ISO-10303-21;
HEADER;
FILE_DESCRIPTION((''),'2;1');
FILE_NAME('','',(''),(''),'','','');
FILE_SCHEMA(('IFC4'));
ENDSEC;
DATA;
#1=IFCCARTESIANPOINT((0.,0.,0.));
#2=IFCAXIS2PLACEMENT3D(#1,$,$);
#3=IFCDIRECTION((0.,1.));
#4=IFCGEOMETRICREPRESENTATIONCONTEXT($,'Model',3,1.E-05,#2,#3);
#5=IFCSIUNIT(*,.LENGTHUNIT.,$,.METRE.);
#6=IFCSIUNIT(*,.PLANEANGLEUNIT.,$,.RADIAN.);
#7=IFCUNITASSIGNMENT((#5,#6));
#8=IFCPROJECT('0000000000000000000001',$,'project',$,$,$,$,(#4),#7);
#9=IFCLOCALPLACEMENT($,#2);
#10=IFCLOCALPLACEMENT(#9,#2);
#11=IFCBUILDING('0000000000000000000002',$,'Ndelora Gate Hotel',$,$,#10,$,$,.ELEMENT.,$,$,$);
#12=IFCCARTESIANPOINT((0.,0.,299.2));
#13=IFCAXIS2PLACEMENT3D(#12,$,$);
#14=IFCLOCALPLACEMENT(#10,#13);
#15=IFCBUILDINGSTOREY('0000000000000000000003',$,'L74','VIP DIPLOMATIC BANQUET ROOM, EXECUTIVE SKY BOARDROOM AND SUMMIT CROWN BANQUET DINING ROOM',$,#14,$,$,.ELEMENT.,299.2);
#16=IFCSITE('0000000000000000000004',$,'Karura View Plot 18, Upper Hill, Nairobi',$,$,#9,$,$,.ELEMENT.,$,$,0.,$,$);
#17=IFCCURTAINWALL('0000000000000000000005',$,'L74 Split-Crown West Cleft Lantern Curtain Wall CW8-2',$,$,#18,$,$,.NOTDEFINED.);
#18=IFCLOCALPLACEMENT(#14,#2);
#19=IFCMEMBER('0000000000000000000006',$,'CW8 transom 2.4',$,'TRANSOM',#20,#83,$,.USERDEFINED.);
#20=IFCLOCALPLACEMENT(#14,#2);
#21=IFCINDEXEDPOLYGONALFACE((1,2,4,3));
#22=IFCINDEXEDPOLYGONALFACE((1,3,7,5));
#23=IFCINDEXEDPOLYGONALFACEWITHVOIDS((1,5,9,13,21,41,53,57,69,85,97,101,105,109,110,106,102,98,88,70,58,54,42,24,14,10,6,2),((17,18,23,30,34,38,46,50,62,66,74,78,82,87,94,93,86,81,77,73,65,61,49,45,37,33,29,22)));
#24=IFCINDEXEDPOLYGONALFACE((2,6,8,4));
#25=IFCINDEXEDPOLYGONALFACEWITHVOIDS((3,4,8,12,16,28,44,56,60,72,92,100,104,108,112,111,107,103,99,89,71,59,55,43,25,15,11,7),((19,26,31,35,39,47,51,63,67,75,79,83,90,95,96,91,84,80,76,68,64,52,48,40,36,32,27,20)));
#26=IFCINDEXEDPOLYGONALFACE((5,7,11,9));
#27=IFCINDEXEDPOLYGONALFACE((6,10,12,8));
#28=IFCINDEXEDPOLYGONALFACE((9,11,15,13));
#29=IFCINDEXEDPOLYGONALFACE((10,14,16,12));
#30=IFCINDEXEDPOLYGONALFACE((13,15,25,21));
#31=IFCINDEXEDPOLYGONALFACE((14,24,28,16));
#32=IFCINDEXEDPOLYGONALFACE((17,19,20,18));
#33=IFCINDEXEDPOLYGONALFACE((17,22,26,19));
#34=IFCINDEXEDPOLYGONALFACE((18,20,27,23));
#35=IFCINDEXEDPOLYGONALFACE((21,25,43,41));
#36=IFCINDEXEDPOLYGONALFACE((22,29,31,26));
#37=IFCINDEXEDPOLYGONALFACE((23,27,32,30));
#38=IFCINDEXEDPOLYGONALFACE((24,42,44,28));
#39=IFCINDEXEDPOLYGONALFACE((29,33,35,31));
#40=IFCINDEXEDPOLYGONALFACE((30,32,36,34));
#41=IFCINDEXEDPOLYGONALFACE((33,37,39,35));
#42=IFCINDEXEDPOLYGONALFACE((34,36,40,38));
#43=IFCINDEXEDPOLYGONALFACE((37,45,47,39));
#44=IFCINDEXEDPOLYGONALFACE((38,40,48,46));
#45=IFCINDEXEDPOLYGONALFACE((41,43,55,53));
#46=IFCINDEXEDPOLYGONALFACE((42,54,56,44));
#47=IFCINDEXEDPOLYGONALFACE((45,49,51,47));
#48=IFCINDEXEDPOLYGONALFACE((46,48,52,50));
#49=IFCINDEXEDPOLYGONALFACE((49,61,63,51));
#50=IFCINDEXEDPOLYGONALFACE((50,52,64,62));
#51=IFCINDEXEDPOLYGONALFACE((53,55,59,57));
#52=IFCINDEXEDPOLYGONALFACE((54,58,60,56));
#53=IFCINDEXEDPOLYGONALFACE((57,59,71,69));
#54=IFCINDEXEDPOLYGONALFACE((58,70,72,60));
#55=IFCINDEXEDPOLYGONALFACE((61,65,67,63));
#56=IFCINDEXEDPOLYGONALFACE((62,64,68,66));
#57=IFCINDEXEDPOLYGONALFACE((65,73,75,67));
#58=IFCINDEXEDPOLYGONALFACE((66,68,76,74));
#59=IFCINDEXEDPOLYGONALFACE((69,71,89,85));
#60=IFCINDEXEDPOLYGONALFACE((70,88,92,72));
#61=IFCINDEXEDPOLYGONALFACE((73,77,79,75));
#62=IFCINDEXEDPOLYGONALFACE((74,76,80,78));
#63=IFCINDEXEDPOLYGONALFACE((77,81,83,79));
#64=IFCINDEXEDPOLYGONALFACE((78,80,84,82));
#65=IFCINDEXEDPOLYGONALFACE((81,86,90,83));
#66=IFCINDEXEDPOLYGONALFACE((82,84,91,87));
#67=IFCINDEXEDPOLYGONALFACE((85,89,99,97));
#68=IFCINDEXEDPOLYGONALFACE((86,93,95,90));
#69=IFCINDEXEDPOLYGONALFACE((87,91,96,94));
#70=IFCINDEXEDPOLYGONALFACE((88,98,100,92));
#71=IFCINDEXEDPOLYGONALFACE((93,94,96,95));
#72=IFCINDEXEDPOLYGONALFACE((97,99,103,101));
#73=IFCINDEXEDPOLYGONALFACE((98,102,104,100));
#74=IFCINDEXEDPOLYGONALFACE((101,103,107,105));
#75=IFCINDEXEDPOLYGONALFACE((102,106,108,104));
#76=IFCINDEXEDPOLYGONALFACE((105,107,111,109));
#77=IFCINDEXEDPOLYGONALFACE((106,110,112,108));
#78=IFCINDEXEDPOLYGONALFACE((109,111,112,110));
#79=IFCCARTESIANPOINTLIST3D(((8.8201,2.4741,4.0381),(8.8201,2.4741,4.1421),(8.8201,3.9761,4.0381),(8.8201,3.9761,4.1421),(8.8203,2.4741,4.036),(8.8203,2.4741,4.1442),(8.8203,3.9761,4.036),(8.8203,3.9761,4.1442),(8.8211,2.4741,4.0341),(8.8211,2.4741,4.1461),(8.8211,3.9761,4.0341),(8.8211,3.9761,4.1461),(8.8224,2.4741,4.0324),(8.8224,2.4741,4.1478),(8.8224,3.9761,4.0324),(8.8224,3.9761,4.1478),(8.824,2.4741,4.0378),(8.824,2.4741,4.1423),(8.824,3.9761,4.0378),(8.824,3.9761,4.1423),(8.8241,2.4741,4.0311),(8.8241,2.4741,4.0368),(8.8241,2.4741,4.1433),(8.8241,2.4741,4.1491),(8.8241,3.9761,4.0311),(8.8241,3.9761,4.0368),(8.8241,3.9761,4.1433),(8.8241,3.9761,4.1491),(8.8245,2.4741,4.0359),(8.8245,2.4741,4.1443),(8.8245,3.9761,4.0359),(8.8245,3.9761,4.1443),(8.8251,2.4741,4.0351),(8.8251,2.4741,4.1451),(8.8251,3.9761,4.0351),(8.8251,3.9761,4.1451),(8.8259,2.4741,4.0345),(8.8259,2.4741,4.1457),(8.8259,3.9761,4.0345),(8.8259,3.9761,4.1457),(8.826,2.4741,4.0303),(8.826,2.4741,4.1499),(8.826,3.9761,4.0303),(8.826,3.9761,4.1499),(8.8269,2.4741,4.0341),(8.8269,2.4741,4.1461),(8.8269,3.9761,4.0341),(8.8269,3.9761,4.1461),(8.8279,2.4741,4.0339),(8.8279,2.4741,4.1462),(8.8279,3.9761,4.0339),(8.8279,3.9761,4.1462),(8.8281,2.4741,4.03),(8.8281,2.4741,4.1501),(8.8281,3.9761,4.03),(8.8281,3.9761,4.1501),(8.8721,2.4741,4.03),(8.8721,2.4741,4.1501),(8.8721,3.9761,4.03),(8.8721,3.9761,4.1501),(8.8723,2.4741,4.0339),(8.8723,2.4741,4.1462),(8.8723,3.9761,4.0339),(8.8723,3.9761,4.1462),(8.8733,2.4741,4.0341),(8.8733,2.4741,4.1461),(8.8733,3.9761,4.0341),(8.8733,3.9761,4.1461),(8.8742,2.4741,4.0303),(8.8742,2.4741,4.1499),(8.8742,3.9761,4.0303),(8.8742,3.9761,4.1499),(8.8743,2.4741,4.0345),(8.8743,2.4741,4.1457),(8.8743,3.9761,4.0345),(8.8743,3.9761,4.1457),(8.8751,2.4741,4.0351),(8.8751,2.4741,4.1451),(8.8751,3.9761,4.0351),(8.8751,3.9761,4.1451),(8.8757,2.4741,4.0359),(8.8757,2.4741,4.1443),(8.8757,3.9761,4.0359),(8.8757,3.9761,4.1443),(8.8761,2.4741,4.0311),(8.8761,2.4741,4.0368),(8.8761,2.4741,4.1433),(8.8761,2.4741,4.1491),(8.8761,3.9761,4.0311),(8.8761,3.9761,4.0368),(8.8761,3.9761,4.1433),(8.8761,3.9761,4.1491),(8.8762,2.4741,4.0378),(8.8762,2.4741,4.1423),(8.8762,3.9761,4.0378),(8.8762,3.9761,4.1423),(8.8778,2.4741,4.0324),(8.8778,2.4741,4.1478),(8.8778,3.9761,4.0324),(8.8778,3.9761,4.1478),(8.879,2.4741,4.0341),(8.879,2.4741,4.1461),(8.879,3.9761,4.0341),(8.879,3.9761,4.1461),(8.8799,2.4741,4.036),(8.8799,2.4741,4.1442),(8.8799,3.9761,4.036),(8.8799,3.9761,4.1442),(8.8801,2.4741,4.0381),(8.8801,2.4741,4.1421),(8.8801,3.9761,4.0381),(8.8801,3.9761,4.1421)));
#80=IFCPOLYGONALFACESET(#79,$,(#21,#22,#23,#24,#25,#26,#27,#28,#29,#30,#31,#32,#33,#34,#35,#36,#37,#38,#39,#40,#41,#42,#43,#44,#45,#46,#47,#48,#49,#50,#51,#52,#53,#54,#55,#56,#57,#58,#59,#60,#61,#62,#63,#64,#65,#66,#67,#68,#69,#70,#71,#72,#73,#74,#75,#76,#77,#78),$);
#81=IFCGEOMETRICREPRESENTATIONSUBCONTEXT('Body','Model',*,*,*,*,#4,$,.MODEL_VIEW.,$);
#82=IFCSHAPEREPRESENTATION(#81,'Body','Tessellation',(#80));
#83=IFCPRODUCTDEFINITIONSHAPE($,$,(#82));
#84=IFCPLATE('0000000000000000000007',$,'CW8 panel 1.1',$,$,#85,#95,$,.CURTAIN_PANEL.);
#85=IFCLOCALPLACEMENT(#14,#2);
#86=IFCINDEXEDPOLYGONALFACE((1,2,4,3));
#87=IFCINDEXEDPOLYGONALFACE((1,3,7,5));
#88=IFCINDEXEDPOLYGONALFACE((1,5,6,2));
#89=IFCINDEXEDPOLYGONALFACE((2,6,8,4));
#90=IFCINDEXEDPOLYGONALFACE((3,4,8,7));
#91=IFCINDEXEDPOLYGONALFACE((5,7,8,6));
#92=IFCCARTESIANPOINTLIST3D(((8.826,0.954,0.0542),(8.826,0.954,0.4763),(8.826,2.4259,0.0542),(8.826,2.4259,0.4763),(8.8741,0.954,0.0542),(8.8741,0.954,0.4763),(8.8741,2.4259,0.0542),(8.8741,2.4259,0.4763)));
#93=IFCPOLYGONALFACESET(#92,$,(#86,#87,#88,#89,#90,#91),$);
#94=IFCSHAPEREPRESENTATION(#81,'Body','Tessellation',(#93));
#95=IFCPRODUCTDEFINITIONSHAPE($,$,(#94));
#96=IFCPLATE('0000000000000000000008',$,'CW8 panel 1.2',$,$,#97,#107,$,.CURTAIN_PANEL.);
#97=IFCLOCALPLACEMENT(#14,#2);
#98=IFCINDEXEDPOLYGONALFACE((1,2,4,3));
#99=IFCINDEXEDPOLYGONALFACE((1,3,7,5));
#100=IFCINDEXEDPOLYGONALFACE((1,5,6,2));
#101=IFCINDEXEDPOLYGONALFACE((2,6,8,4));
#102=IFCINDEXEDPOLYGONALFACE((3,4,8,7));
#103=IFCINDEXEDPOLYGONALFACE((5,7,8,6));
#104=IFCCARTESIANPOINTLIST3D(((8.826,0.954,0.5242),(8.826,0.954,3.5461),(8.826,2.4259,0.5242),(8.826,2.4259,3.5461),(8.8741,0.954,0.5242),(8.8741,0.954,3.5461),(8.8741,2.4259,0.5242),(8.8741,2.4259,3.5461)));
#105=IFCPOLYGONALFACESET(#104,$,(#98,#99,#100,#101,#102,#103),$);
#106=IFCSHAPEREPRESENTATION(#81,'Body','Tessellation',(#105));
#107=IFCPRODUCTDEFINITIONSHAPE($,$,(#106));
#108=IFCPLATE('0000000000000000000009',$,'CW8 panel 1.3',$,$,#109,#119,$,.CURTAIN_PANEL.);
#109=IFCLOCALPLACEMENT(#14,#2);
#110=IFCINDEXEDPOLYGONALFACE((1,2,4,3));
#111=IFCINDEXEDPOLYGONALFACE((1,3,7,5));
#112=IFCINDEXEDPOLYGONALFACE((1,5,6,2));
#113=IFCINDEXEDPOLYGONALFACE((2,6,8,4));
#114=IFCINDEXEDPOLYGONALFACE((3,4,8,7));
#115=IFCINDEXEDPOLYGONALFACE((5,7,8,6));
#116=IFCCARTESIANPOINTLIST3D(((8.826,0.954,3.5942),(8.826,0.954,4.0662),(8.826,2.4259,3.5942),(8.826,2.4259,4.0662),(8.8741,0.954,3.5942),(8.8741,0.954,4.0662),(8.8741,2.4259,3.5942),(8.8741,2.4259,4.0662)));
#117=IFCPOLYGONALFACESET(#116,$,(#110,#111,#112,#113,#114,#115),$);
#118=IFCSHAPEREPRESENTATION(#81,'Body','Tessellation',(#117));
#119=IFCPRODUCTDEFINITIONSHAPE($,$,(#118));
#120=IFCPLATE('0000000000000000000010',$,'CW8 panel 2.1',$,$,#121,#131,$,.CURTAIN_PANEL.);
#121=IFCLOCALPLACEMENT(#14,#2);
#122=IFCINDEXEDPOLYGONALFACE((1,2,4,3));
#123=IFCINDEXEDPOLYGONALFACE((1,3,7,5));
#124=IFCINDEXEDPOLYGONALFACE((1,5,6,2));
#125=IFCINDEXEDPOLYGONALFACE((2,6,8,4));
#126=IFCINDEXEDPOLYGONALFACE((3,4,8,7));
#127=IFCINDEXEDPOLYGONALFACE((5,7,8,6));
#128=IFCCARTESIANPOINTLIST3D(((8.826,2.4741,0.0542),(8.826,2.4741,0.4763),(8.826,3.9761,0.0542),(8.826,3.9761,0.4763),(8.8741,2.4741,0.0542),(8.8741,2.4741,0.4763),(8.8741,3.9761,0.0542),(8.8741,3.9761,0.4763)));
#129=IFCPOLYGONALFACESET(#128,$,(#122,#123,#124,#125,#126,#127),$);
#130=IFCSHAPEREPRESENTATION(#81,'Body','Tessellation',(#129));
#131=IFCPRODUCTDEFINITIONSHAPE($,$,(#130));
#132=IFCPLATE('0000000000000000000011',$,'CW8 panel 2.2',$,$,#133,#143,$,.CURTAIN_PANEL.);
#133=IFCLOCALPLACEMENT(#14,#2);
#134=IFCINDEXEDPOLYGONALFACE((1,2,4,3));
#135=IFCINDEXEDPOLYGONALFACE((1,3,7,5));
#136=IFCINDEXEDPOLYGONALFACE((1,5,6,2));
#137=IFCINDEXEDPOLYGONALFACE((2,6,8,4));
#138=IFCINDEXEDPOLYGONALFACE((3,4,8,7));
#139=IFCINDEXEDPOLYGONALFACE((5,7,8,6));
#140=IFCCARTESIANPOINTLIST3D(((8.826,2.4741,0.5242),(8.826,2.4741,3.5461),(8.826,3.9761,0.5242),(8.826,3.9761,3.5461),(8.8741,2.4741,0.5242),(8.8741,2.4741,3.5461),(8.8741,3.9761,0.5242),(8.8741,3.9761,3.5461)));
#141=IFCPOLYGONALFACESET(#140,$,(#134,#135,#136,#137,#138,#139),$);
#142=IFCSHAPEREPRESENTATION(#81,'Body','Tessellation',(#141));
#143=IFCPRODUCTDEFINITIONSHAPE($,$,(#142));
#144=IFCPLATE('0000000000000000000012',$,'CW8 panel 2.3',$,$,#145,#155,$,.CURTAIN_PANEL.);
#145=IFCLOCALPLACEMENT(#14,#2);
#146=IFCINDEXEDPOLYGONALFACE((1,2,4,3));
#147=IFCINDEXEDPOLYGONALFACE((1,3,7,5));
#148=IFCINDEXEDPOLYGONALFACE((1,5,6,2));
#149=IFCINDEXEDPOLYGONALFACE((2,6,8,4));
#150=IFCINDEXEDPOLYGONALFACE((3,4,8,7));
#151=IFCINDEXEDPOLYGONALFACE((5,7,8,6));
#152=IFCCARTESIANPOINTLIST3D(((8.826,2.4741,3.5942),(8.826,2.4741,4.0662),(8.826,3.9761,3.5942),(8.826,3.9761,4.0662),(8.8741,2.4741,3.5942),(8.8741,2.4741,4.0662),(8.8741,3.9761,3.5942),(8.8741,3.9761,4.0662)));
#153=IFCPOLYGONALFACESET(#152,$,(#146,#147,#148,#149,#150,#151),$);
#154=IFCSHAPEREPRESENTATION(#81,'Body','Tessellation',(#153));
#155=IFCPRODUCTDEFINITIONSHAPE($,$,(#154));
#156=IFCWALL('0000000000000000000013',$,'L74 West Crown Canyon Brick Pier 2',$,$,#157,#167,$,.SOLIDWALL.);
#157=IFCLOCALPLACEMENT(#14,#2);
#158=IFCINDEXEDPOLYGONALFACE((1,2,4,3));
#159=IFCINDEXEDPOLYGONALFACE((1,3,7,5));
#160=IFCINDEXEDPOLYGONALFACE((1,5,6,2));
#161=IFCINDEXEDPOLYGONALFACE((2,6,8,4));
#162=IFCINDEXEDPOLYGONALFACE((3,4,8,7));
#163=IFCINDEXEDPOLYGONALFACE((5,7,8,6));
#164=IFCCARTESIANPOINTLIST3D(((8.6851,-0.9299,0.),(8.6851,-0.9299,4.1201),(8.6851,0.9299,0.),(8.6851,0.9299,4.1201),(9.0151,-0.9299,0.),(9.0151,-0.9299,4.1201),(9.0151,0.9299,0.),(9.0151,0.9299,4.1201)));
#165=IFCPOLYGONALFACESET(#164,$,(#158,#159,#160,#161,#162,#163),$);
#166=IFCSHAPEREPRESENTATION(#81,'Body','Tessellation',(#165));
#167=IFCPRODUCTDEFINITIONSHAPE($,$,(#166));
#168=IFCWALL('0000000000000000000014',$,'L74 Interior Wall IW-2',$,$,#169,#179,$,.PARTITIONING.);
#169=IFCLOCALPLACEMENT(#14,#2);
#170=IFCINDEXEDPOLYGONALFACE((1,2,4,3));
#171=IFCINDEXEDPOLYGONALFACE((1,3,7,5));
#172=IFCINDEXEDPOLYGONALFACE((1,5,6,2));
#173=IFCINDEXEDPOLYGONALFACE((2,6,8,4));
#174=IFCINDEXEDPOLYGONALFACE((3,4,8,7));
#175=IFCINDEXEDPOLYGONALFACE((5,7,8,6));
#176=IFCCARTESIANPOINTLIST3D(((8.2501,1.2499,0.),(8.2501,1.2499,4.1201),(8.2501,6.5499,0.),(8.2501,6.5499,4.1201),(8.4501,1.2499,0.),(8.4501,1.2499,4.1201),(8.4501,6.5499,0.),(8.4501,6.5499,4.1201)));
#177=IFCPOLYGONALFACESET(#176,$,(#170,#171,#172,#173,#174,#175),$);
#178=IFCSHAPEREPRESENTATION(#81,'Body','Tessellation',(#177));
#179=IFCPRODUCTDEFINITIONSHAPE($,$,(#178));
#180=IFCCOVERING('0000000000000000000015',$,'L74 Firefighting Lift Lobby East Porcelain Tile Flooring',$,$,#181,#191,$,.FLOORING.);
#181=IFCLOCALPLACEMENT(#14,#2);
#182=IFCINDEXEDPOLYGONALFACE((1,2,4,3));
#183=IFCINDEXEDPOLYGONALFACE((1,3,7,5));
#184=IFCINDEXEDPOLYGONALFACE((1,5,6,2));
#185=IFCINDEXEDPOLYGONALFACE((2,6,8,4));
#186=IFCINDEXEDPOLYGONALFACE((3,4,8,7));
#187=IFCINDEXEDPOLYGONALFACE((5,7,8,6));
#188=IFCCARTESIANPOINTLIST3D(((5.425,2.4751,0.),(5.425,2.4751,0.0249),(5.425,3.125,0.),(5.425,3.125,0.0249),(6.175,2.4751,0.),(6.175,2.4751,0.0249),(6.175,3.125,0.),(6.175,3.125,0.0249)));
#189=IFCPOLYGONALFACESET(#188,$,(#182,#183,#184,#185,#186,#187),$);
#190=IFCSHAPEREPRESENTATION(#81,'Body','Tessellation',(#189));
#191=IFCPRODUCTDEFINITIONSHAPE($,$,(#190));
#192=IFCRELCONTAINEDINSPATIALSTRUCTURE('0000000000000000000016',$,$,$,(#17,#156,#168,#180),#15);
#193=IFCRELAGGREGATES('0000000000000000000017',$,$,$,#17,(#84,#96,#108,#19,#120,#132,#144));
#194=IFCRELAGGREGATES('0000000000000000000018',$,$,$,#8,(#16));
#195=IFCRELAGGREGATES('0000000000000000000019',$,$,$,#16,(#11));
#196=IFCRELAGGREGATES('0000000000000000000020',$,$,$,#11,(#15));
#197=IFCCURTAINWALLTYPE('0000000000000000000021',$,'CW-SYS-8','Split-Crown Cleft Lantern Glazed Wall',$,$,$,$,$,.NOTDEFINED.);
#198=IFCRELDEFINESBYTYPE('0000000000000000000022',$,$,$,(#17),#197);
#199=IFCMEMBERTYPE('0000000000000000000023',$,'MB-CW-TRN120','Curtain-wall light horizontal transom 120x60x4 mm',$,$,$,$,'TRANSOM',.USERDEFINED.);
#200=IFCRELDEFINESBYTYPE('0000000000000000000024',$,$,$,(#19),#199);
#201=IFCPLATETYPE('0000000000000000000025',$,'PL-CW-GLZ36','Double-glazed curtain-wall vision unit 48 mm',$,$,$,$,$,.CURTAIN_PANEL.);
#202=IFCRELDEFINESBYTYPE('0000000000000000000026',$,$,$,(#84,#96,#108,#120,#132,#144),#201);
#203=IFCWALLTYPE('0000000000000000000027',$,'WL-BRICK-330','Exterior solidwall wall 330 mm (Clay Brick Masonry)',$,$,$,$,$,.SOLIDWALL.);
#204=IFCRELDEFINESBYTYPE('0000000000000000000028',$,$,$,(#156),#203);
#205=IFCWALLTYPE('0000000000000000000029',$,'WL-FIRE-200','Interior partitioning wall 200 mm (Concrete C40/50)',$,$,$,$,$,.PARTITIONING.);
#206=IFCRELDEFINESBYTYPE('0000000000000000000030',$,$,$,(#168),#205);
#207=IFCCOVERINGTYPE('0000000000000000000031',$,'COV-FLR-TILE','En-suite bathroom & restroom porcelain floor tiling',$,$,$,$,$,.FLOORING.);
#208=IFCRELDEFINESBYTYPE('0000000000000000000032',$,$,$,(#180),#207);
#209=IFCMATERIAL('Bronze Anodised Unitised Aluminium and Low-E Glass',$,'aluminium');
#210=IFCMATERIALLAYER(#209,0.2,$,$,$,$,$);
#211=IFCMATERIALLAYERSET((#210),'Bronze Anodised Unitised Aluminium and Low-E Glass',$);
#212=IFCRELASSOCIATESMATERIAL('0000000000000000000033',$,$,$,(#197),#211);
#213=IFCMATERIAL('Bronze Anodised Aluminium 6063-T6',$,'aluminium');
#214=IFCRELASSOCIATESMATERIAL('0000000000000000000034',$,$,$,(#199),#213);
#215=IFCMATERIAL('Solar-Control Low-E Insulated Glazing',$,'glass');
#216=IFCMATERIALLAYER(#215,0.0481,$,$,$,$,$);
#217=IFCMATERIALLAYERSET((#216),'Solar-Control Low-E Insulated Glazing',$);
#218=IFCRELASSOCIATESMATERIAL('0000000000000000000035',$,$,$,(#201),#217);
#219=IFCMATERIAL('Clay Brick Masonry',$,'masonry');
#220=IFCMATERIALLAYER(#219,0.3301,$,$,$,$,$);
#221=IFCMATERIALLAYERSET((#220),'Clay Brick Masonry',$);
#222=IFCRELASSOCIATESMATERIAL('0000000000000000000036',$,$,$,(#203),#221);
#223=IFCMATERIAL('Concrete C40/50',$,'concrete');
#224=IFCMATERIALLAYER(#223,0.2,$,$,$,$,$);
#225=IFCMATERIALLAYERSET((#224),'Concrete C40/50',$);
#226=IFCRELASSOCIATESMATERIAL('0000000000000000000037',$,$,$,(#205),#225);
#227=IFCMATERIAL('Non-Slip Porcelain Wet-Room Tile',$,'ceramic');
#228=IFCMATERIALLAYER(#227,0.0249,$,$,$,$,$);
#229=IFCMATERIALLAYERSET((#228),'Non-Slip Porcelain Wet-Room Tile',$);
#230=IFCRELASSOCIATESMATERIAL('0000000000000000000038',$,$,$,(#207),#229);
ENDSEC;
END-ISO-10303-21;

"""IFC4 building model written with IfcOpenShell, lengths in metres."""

from ifc_helpers import new_model, si_unit, direction, frame, frame_2d, origin, origin_2d, place, context, subcontext, project, spatial, rectangle, hollow_rectangle, extrude, material, layer, layer_set, material_profile, profile_set, type_object, element, aggregate, save


model = new_model("IFC4")

# Units and contexts
model_context = context("Model", 3, precision=1e-05, world=origin(), true_north=direction((0.0, 1.0)))
body_context = subcontext(model_context, "Body", "Model", "MODEL_VIEW")
ifc_project = project(units=[si_unit("LENGTHUNIT", "METRE"), si_unit("PLANEANGLEUNIT", "RADIAN")], contexts=[model_context])

# Site, building, storey
site_placement = place(None, origin())
site = spatial("IfcSite", under=ifc_project, at=site_placement, Name="Karura View Plot 18, Upper Hill, Nairobi", CompositionType="ELEMENT", RefElevation=0.0)
building_placement = place(site_placement, origin())
building = spatial("IfcBuilding", under=site, at=building_placement, Name="Ndelora Gate Hotel", CompositionType="ELEMENT")
storey_placement = place(building_placement, frame((0.0, 0.0, 299.2)))
storey = spatial("IfcBuildingStorey", under=building, at=storey_placement, Name="L74", Description="VIP DIPLOMATIC BANQUET ROOM, EXECUTIVE SKY BOARDROOM AND SUMMIT CROWN BANQUET DINING ROOM", CompositionType="ELEMENT", Elevation=299.2)

# Curtain wall, member, plates
ifc_material_1 = material(Name="Bronze Anodised Unitised Aluminium and Low-E Glass", Category="aluminium")
ifc_layer_1 = layer(ifc_material_1, 0.2)
ifc_layer_set_1 = layer_set([ifc_layer_1], Name="Bronze Anodised Unitised Aluminium and Low-E Glass")
curtain_wall_type = type_object("IfcCurtainWallType", Name="CW-SYS-8", Description="Split-Crown Cleft Lantern Glazed Wall", PredefinedType="NOTDEFINED", material=ifc_layer_set_1)
curtain_wall_placement = place(storey_placement, origin())
curtain_wall = element("IfcCurtainWall", 1, at=curtain_wall_placement, inside=storey, type_object=curtain_wall_type, Name="L74 Split-Crown West Cleft Lantern Curtain Wall CW8-2", PredefinedType="NOTDEFINED")
ifc_material_2 = material(Name="Bronze Anodised Aluminium 6063-T6", Category="aluminium")
ifc_material_profile_1 = material_profile(ifc_material_2, hollow_rectangle(XDim=0.0601, YDim=0.1201, WallThickness=0.0039, InnerFilletRadius=0.0039, OuterFilletRadius=0.0081, at=origin_2d()), Name="ALU 120x60x4")
ifc_profile_set_1 = profile_set([ifc_material_profile_1], Name="Bronze Anodised Aluminium 6063-T6")
member_type_1 = type_object("IfcMemberType", Name="MB-CW-TRN120", Description="Curtain-wall light horizontal transom 120x60x4 mm", ElementType="TRANSOM", PredefinedType="USERDEFINED", material=ifc_profile_set_1)
member_1_placement = place(storey_placement, frame((8.8501, 2.4741, 4.0901), z_axis=(0.0, 1.0, 0.0), x_axis=(-1.0, 0.0, 0.0)))
member_1 = element("IfcMember", 2, at=member_1_placement, type_object=member_type_1, Name="CW8 transom 2.4", ObjectType="TRANSOM", PredefinedType="USERDEFINED", context=body_context, shape_type="SweptSolid", body=[
    extrude(hollow_rectangle(XDim=0.0601, YDim=0.1201, WallThickness=0.0039, InnerFilletRadius=0.0039, OuterFilletRadius=0.0081, at=origin_2d()), origin(), (0.0, 0.0, 1.0), 1.502),
])
ifc_material_3 = material(Name="Solar-Control Low-E Insulated Glazing", Category="glass")
ifc_layer_2 = layer(ifc_material_3, 0.0481)
ifc_layer_set_2 = layer_set([ifc_layer_2], Name="Solar-Control Low-E Insulated Glazing")
plate_type = type_object("IfcPlateType", Name="PL-CW-GLZ36", Description="Double-glazed curtain-wall vision unit 48 mm", PredefinedType="CURTAIN_PANEL", material=ifc_layer_set_2)
plate_1_placement = place(storey_placement, frame((8.8501, 1.6899, 0.0542), z_axis=(0.0, 0.0, 1.0), x_axis=(0.0, 1.0, 0.0)))
plate_1 = element("IfcPlate", 3, at=plate_1_placement, type_object=plate_type, Name="CW8 panel 1.1", PredefinedType="CURTAIN_PANEL", context=body_context, shape_type="SweptSolid", body=[
    extrude(rectangle(XDim=1.4719, YDim=0.0481, at=origin_2d()), origin(), (0.0, 0.0, 1.0), 0.4221),
])
plate_2_placement = place(storey_placement, frame((8.8501, 1.6899, 0.5242), z_axis=(0.0, 0.0, 1.0), x_axis=(0.0, 1.0, 0.0)))
plate_2 = element("IfcPlate", 4, at=plate_2_placement, type_object=plate_type, Name="CW8 panel 1.2", PredefinedType="CURTAIN_PANEL", context=body_context, shape_type="SweptSolid", body=[
    extrude(rectangle(XDim=1.4719, YDim=0.0481, at=origin_2d()), origin(), (0.0, 0.0, 1.0), 3.022),
])
plate_3_placement = place(storey_placement, frame((8.8501, 1.6899, 3.5942), z_axis=(0.0, 0.0, 1.0), x_axis=(0.0, 1.0, 0.0)))
plate_3 = element("IfcPlate", 5, at=plate_3_placement, type_object=plate_type, Name="CW8 panel 1.3", PredefinedType="CURTAIN_PANEL", context=body_context, shape_type="SweptSolid", body=[
    extrude(rectangle(XDim=1.4719, YDim=0.0481, at=origin_2d()), origin(), (0.0, 0.0, 1.0), 0.4719),
])
plate_4_placement = place(storey_placement, frame((8.8501, 3.2251, 0.0542), z_axis=(0.0, 0.0, 1.0), x_axis=(0.0, 1.0, 0.0)))
plate_4 = element("IfcPlate", 6, at=plate_4_placement, type_object=plate_type, Name="CW8 panel 2.1", PredefinedType="CURTAIN_PANEL", context=body_context, shape_type="SweptSolid", body=[
    extrude(rectangle(XDim=1.502, YDim=0.0481, at=origin_2d()), origin(), (0.0, 0.0, 1.0), 0.4221),
])
plate_5_placement = place(storey_placement, frame((8.8501, 3.2251, 0.5242), z_axis=(0.0, 0.0, 1.0), x_axis=(0.0, 1.0, 0.0)))
plate_5 = element("IfcPlate", 7, at=plate_5_placement, type_object=plate_type, Name="CW8 panel 2.2", PredefinedType="CURTAIN_PANEL", context=body_context, shape_type="SweptSolid", body=[
    extrude(rectangle(XDim=1.502, YDim=0.0481, at=origin_2d()), origin(), (0.0, 0.0, 1.0), 3.022),
])
plate_6_placement = place(storey_placement, frame((8.8501, 3.2251, 3.5942), z_axis=(0.0, 0.0, 1.0), x_axis=(0.0, 1.0, 0.0)))
plate_6 = element("IfcPlate", 8, at=plate_6_placement, type_object=plate_type, Name="CW8 panel 2.3", PredefinedType="CURTAIN_PANEL", context=body_context, shape_type="SweptSolid", body=[
    extrude(rectangle(XDim=1.502, YDim=0.0481, at=origin_2d()), origin(), (0.0, 0.0, 1.0), 0.4719),
])
aggregate(curtain_wall, [plate_1, plate_2, plate_3, member_1, plate_4, plate_5, plate_6])

# Walls
ifc_material_4 = material(Name="Clay Brick Masonry", Category="masonry")
ifc_layer_3 = layer(ifc_material_4, 0.3301)
ifc_layer_set_3 = layer_set([ifc_layer_3], Name="Clay Brick Masonry")
wall_type_1 = type_object("IfcWallType", Name="WL-BRICK-330", Description="Exterior solidwall wall 330 mm (Clay Brick Masonry)", PredefinedType="SOLIDWALL", material=ifc_layer_set_3)
wall_1_placement = place(storey_placement, frame((8.8501, 0.9299, 0.0), z_axis=(0.0, 0.0, 1.0), x_axis=(0.0, -1.0, 0.0)))
element("IfcWall", 9, at=wall_1_placement, inside=storey, type_object=wall_type_1, Name="L74 West Crown Canyon Brick Pier 2", PredefinedType="SOLIDWALL", context=body_context, shape_type="SweptSolid", body=[
    extrude(rectangle(XDim=1.8599, YDim=0.3301, at=frame_2d((0.9299, 0.0))), origin(), (0.0, 0.0, 1.0), 4.1201),
])
ifc_material_5 = material(Name="Concrete C40/50", Category="concrete")
ifc_layer_4 = layer(ifc_material_5, 0.2)
ifc_layer_set_4 = layer_set([ifc_layer_4], Name="Concrete C40/50")
wall_type_2 = type_object("IfcWallType", Name="WL-FIRE-200", Description="Interior partitioning wall 200 mm (Concrete C40/50)", PredefinedType="PARTITIONING", material=ifc_layer_set_4)
wall_2_placement = place(storey_placement, frame((8.3501, 1.25, 0.0), z_axis=(0.0, 0.0, 1.0), x_axis=(0.0, 1.0, 0.0)))
element("IfcWall", 10, at=wall_2_placement, inside=storey, type_object=wall_type_2, Name="L74 Interior Wall IW-2", PredefinedType="PARTITIONING", context=body_context, shape_type="SweptSolid", body=[
    extrude(rectangle(XDim=5.3, YDim=0.2, at=frame_2d((2.6499, 0.0))), origin(), (0.0, 0.0, 1.0), 4.1201),
])

# Covering
ifc_material_6 = material(Name="Non-Slip Porcelain Wet-Room Tile", Category="ceramic")
ifc_layer_5 = layer(ifc_material_6, 0.0249)
ifc_layer_set_5 = layer_set([ifc_layer_5], Name="Non-Slip Porcelain Wet-Room Tile")
covering_type = type_object("IfcCoveringType", Name="COV-FLR-TILE", Description="En-suite bathroom & restroom porcelain floor tiling", PredefinedType="FLOORING", material=ifc_layer_set_5)
covering_placement = place(storey_placement, frame((5.8, 2.8, 0.0), z_axis=(0.0, 0.0, 1.0), x_axis=(1.0, 0.0, 0.0)))
element("IfcCovering", 11, at=covering_placement, inside=storey, type_object=covering_type, Name="L74 Firefighting Lift Lobby East Porcelain Tile Flooring", PredefinedType="FLOORING", context=body_context, shape_type="SweptSolid", body=[
    extrude(rectangle(XDim=0.75, YDim=0.6499, at=origin_2d()), origin(), (0.0, 0.0, 1.0), 0.0249),
])

save(model, "model.ifc")
